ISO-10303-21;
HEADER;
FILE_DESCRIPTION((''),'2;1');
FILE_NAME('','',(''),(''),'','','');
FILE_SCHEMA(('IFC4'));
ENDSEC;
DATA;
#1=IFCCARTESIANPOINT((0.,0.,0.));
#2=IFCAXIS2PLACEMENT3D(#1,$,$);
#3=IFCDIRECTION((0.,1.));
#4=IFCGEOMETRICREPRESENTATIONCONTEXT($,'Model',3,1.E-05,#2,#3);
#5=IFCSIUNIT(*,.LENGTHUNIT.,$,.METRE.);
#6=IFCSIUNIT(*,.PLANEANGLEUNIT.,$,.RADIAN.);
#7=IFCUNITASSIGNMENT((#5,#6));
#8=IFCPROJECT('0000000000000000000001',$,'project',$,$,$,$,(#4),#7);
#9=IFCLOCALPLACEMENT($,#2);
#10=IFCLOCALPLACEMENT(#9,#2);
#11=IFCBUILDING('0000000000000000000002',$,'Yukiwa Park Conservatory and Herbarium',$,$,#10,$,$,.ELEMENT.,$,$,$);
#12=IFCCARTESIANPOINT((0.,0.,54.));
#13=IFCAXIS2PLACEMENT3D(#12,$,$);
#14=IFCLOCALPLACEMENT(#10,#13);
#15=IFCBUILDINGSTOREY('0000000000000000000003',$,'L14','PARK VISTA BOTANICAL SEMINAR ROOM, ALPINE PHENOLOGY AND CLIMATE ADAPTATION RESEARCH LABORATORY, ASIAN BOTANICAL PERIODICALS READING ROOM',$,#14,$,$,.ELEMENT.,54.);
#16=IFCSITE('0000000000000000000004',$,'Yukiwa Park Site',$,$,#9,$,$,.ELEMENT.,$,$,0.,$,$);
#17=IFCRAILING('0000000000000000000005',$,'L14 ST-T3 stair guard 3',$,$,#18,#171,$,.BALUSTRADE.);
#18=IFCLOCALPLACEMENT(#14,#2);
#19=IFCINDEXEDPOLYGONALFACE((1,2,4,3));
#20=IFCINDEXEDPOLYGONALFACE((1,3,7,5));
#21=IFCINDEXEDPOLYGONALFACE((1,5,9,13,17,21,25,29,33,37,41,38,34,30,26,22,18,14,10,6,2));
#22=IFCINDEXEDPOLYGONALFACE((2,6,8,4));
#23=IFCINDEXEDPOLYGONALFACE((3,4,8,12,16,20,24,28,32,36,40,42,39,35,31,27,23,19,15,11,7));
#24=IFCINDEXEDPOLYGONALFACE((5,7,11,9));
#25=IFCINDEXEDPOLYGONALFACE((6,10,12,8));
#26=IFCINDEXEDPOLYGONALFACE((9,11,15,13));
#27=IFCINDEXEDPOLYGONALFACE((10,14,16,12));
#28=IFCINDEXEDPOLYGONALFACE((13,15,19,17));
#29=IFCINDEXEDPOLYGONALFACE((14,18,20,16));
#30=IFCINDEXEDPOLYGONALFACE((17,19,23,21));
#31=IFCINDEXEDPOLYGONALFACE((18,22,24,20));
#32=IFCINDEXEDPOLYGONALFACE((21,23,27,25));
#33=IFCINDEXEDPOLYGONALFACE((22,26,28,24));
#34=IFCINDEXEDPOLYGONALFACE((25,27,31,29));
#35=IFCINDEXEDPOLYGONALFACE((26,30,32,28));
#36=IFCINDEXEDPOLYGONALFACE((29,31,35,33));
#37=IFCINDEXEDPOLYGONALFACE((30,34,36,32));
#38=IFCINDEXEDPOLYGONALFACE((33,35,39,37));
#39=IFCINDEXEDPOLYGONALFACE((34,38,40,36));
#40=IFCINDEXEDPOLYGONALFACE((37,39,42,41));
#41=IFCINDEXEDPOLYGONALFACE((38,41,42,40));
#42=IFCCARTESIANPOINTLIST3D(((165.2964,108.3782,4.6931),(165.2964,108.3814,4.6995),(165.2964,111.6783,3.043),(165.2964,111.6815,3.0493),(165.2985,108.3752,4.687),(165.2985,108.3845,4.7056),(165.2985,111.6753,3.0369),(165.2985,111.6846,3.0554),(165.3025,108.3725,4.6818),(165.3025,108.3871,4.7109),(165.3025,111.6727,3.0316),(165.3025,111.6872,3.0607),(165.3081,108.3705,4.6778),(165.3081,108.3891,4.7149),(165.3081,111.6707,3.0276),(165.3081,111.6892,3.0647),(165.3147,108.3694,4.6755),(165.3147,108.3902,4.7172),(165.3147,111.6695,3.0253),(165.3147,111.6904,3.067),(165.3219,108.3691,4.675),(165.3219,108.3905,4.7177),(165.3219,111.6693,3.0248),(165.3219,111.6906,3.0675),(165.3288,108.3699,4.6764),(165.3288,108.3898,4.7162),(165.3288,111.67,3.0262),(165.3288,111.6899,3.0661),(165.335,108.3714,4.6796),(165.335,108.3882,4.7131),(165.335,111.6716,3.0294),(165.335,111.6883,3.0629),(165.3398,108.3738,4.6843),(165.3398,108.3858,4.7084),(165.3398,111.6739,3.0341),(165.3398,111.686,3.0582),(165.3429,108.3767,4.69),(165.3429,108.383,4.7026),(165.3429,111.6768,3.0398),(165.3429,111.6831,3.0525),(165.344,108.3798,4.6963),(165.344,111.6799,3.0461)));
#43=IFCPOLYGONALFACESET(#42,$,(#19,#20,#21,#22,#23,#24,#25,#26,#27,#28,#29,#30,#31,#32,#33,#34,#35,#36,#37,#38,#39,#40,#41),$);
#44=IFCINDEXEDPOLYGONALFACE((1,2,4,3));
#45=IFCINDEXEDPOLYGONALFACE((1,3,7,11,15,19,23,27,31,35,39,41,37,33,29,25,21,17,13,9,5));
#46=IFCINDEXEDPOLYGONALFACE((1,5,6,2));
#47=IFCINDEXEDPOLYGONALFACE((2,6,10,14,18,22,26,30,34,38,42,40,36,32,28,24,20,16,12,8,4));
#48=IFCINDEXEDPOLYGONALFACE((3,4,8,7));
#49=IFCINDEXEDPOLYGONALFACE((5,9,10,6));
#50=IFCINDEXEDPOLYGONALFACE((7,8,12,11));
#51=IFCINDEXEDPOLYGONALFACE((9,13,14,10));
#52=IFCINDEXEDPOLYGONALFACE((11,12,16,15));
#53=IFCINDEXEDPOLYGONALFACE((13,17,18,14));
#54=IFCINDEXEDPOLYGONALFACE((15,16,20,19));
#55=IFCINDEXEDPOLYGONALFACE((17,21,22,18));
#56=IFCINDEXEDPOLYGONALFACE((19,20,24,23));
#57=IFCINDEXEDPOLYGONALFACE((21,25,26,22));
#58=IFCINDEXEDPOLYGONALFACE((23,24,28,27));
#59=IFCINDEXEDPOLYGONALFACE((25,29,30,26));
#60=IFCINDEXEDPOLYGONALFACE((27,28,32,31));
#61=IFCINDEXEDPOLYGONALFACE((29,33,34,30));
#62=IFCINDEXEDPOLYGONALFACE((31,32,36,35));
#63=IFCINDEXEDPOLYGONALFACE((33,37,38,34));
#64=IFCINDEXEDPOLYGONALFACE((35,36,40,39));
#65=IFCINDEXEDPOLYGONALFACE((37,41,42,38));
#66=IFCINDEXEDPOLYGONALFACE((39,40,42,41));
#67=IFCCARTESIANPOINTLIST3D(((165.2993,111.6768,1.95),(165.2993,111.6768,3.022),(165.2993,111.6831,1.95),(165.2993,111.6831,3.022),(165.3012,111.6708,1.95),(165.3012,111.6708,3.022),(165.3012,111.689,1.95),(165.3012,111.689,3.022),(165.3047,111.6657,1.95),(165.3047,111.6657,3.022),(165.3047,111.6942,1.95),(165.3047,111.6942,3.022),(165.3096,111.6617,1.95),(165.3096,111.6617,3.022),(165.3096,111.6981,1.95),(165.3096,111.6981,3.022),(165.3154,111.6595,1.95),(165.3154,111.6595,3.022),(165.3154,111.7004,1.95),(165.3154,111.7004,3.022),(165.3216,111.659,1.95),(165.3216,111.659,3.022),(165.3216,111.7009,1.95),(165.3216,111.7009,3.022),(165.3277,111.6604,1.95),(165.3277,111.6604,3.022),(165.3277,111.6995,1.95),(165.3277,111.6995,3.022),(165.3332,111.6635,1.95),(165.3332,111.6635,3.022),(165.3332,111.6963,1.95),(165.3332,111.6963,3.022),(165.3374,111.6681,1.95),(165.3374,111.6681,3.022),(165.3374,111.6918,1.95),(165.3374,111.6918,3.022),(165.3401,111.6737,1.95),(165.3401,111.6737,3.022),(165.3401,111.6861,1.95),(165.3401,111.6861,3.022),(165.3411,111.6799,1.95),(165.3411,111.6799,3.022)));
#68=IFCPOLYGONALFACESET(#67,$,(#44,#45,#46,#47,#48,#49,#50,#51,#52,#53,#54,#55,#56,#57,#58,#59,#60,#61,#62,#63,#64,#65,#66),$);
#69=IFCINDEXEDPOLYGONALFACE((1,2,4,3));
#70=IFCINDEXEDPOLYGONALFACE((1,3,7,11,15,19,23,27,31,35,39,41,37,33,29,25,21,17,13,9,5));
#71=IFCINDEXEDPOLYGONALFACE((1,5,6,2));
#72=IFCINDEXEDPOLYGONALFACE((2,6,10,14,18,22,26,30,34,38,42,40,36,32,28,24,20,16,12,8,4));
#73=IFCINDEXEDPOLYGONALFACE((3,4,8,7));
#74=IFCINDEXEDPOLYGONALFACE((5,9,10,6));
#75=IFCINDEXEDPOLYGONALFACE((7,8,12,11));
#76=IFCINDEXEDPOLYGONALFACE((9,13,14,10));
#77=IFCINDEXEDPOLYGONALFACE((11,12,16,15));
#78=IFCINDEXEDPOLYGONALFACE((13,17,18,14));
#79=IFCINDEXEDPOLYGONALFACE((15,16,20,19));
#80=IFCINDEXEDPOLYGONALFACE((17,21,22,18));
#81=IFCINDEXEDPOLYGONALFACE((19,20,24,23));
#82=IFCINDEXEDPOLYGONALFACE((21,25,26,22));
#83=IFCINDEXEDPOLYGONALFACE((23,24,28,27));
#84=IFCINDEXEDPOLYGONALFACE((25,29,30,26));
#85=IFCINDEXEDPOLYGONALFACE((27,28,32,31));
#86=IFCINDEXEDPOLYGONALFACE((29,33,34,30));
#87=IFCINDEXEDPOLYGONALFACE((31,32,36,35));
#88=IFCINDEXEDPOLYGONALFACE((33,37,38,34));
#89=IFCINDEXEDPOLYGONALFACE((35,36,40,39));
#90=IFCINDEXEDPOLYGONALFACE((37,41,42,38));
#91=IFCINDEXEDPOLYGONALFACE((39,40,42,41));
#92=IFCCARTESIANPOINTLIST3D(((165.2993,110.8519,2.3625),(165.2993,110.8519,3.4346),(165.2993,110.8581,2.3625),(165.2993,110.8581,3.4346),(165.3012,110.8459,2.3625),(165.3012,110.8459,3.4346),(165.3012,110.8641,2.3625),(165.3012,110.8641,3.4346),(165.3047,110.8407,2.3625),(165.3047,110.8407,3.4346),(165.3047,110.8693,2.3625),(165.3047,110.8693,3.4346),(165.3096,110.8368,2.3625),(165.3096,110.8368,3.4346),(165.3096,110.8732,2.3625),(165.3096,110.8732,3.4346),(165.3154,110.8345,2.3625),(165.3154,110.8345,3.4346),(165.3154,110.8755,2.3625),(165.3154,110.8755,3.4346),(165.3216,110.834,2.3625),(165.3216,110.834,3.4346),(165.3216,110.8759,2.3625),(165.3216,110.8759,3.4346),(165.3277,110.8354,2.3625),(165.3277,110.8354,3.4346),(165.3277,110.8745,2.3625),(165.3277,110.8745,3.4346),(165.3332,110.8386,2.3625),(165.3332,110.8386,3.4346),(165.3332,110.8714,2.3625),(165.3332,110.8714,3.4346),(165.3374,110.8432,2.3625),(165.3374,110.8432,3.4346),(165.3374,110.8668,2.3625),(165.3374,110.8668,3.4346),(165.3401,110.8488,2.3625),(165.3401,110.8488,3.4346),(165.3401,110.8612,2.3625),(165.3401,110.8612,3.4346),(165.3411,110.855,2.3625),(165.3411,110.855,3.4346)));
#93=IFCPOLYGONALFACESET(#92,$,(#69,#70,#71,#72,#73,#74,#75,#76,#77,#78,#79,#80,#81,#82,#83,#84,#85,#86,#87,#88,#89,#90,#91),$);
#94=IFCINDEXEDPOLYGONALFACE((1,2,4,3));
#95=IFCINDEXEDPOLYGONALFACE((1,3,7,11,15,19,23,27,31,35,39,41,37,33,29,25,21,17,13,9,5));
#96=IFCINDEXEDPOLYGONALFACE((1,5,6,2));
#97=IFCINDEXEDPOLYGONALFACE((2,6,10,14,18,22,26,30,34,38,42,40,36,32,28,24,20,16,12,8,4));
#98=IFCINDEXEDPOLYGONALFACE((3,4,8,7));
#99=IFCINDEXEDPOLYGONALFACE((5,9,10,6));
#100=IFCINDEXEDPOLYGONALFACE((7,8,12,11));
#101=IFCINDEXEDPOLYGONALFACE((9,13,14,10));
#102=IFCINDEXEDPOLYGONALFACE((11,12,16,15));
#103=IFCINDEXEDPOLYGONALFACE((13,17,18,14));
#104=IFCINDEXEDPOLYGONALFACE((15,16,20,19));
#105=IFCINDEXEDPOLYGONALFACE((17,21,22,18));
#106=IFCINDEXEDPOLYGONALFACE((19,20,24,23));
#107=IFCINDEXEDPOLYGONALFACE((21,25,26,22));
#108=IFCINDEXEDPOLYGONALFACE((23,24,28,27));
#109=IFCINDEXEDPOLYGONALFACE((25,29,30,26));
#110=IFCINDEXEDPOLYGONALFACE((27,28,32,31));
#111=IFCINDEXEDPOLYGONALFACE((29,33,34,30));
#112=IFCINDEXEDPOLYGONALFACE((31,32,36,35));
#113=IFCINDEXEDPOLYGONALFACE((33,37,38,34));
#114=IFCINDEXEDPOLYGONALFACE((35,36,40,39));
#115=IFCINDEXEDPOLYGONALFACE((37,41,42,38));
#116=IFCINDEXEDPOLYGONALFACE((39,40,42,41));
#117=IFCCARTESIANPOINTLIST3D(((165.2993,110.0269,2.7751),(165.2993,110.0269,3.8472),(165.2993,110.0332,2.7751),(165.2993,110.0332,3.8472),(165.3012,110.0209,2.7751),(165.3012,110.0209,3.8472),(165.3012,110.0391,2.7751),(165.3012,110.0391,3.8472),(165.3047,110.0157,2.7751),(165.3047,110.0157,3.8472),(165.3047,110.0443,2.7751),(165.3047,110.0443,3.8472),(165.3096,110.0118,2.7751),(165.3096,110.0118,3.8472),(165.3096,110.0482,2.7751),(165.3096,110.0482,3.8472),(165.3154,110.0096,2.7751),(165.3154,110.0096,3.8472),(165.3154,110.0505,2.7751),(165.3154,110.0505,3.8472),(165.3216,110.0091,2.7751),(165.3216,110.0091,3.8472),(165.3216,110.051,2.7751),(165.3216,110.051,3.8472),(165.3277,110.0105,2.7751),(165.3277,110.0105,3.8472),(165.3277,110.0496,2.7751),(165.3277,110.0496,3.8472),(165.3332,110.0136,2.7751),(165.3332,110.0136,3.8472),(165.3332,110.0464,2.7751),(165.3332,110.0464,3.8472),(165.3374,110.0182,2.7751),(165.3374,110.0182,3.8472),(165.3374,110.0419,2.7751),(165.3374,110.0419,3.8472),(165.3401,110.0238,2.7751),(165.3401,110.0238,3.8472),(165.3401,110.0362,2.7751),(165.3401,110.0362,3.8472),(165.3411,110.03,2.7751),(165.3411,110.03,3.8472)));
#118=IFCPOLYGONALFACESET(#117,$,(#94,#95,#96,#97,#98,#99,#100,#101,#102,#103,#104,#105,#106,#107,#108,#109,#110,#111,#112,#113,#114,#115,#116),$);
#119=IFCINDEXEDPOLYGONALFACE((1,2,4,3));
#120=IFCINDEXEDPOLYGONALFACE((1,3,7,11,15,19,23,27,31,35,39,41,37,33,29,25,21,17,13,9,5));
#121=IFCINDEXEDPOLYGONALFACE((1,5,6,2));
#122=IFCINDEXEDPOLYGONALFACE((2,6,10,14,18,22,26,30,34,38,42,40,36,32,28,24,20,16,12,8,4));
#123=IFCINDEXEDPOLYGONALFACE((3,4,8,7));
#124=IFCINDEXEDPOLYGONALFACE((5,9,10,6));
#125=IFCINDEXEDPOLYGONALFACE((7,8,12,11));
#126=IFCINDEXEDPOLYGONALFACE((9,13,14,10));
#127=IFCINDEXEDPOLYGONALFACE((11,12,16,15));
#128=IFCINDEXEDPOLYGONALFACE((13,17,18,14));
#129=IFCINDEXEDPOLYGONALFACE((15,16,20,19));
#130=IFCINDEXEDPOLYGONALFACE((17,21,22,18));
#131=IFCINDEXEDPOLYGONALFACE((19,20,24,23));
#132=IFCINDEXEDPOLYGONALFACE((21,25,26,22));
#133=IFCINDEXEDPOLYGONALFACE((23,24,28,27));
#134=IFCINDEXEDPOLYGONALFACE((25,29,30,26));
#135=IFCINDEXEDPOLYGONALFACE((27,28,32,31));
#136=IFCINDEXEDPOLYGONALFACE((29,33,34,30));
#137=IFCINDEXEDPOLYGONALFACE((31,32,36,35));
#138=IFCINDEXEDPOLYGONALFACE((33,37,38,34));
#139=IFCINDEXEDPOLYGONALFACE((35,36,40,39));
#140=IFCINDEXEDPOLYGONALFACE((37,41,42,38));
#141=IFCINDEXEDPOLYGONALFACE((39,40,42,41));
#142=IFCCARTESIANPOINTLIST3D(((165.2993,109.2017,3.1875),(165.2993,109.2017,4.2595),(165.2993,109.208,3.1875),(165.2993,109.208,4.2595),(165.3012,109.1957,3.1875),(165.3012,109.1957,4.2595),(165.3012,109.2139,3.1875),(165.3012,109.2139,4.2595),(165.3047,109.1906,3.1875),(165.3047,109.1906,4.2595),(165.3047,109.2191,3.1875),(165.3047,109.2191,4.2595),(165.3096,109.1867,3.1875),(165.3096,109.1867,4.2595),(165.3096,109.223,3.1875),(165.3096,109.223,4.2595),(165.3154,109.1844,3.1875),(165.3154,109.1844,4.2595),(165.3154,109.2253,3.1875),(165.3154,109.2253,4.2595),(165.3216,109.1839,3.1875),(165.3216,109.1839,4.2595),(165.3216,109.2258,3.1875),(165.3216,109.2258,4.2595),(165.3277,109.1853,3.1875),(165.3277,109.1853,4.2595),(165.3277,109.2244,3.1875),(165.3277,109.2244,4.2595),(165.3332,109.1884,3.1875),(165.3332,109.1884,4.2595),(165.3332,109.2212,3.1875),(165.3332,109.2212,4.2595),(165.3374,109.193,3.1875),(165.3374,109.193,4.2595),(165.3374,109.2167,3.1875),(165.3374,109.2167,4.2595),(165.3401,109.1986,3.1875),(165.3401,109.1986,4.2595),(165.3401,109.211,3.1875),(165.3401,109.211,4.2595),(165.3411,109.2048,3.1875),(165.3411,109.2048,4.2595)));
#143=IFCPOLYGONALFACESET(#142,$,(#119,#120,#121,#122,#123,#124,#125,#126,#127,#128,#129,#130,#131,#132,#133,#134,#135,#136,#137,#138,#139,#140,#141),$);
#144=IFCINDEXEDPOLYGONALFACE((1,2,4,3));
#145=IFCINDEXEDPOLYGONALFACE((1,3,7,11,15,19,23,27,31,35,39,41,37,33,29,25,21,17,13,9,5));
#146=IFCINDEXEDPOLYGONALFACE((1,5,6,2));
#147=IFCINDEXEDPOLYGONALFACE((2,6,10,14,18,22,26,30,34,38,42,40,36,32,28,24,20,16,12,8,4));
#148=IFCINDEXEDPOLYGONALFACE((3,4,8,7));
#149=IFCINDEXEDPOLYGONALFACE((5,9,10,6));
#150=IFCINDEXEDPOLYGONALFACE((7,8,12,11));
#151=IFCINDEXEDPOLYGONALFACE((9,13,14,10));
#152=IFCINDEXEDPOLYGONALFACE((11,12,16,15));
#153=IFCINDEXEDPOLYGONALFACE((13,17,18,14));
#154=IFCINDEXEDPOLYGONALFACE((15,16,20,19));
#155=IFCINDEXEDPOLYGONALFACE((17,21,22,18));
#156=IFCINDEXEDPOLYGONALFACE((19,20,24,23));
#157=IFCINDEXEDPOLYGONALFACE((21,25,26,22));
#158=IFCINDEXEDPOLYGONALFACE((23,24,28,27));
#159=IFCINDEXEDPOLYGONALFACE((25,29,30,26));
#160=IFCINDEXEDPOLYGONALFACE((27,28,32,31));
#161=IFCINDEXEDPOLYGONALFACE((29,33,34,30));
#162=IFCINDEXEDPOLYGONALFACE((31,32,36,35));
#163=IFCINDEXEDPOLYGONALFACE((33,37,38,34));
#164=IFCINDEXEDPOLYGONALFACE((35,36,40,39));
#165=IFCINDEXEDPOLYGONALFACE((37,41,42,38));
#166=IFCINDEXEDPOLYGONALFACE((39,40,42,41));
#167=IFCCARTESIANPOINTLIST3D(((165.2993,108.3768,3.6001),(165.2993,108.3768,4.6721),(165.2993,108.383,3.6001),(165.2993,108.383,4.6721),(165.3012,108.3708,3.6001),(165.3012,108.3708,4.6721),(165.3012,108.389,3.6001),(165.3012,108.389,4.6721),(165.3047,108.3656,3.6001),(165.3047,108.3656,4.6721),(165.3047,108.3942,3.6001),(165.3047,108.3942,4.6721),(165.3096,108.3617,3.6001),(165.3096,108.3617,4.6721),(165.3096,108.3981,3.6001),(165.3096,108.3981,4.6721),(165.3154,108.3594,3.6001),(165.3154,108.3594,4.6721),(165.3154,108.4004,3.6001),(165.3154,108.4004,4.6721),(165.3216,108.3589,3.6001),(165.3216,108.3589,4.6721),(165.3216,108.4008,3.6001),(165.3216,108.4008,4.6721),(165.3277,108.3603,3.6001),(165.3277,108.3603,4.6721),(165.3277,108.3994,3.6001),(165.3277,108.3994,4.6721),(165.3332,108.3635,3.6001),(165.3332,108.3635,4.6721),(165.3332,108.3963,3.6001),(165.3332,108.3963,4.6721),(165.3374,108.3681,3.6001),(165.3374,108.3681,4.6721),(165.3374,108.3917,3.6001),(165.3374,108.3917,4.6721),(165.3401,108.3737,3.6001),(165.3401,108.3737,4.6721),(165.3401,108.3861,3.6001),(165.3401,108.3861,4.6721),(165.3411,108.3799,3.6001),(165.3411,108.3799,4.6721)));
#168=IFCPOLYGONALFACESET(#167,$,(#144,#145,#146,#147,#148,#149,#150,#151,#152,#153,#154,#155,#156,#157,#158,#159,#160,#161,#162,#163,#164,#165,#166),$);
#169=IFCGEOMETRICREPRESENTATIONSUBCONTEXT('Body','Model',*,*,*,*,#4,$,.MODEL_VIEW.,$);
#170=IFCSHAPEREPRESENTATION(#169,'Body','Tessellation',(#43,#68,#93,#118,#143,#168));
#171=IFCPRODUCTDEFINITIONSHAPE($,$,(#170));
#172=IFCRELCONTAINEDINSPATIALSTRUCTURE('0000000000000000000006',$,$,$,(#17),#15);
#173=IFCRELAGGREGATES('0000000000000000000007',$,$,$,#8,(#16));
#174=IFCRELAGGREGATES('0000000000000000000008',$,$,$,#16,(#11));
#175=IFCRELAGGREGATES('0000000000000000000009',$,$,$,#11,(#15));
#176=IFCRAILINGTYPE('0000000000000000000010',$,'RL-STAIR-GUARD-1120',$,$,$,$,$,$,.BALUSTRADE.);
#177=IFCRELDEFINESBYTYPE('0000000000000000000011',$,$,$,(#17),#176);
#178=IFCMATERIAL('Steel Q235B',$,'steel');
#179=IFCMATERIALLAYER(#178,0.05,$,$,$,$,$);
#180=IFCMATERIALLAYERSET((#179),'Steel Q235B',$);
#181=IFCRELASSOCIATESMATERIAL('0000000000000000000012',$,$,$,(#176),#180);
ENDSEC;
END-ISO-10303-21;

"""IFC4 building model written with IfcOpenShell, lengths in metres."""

from ifc_helpers import new_model, si_unit, direction, frame, origin, origin_2d, place, context, subcontext, project, spatial, circle, extrude, material, layer, layer_set, type_object, element, save


model = new_model("IFC4")

# Units and contexts
model_context = context("Model", 3, precision=1e-05, world=origin(), true_north=direction((0.0, 1.0)))
body_context = subcontext(model_context, "Body", "Model", "MODEL_VIEW")
ifc_project = project(units=[si_unit("LENGTHUNIT", "METRE"), si_unit("PLANEANGLEUNIT", "RADIAN")], contexts=[model_context])

# Site, building, storey
site_placement = place(None, origin())
site = spatial("IfcSite", under=ifc_project, at=site_placement, Name="Yukiwa Park Site", CompositionType="ELEMENT", RefElevation=0.0)
building_placement = place(site_placement, origin())
building = spatial("IfcBuilding", under=site, at=building_placement, Name="Yukiwa Park Conservatory and Herbarium", CompositionType="ELEMENT")
storey_placement = place(building_placement, frame((0.0, 0.0, 54.0)))
storey = spatial("IfcBuildingStorey", under=building, at=storey_placement, Name="L14", Description="PARK VISTA BOTANICAL SEMINAR ROOM, ALPINE PHENOLOGY AND CLIMATE ADAPTATION RESEARCH LABORATORY, ASIAN BOTANICAL PERIODICALS READING ROOM", CompositionType="ELEMENT", Elevation=54.0)

# Railing
ifc_material_1 = material(Name="Steel Q235B", Category="steel")
ifc_layer_1 = layer(ifc_material_1, 0.05)
ifc_layer_set_1 = layer_set([ifc_layer_1], Name="Steel Q235B")
railing_type_1 = type_object("IfcRailingType", Name="RL-STAIR-GUARD-1120", PredefinedType="BALUSTRADE", material=ifc_layer_set_1)
railing_1_placement = place(storey_placement, frame((165.3201, 111.6799, 1.95)))
element("IfcRailing", 1, at=railing_1_placement, inside=storey, type_object=railing_type_1, Name="L14 ST-T3 stair guard 3", PredefinedType="BALUSTRADE", context=body_context, shape_type="SweptSolid", body=[
    extrude(circle(Radius=0.0239, at=origin_2d()), frame((0.0, 0.0, 1.0962), z_axis=(0.0, -0.894414, 0.44724), x_axis=(1.0, 0.0, 0.0)), (0.0, 0.0, 1.0), 3.6897),
    extrude(circle(Radius=0.021, at=origin_2d()), origin(), (0.0, 0.0, 1.0), 1.072),
    extrude(circle(Radius=0.021, at=origin_2d()), frame((0.0, -0.825, 0.4126)), (0.0, 0.0, 1.0), 1.072),
    extrude(circle(Radius=0.021, at=origin_2d()), frame((0.0, -1.6499, 0.8252)), (0.0, 0.0, 1.0), 1.072),
    extrude(circle(Radius=0.021, at=origin_2d()), frame((0.0, -2.4751, 1.2375)), (0.0, 0.0, 1.0), 1.072),
    extrude(circle(Radius=0.021, at=origin_2d()), frame((0.0, -3.3, 1.6501)), (0.0, 0.0, 1.0), 1.072),
])

save(model, "model.ifc")
